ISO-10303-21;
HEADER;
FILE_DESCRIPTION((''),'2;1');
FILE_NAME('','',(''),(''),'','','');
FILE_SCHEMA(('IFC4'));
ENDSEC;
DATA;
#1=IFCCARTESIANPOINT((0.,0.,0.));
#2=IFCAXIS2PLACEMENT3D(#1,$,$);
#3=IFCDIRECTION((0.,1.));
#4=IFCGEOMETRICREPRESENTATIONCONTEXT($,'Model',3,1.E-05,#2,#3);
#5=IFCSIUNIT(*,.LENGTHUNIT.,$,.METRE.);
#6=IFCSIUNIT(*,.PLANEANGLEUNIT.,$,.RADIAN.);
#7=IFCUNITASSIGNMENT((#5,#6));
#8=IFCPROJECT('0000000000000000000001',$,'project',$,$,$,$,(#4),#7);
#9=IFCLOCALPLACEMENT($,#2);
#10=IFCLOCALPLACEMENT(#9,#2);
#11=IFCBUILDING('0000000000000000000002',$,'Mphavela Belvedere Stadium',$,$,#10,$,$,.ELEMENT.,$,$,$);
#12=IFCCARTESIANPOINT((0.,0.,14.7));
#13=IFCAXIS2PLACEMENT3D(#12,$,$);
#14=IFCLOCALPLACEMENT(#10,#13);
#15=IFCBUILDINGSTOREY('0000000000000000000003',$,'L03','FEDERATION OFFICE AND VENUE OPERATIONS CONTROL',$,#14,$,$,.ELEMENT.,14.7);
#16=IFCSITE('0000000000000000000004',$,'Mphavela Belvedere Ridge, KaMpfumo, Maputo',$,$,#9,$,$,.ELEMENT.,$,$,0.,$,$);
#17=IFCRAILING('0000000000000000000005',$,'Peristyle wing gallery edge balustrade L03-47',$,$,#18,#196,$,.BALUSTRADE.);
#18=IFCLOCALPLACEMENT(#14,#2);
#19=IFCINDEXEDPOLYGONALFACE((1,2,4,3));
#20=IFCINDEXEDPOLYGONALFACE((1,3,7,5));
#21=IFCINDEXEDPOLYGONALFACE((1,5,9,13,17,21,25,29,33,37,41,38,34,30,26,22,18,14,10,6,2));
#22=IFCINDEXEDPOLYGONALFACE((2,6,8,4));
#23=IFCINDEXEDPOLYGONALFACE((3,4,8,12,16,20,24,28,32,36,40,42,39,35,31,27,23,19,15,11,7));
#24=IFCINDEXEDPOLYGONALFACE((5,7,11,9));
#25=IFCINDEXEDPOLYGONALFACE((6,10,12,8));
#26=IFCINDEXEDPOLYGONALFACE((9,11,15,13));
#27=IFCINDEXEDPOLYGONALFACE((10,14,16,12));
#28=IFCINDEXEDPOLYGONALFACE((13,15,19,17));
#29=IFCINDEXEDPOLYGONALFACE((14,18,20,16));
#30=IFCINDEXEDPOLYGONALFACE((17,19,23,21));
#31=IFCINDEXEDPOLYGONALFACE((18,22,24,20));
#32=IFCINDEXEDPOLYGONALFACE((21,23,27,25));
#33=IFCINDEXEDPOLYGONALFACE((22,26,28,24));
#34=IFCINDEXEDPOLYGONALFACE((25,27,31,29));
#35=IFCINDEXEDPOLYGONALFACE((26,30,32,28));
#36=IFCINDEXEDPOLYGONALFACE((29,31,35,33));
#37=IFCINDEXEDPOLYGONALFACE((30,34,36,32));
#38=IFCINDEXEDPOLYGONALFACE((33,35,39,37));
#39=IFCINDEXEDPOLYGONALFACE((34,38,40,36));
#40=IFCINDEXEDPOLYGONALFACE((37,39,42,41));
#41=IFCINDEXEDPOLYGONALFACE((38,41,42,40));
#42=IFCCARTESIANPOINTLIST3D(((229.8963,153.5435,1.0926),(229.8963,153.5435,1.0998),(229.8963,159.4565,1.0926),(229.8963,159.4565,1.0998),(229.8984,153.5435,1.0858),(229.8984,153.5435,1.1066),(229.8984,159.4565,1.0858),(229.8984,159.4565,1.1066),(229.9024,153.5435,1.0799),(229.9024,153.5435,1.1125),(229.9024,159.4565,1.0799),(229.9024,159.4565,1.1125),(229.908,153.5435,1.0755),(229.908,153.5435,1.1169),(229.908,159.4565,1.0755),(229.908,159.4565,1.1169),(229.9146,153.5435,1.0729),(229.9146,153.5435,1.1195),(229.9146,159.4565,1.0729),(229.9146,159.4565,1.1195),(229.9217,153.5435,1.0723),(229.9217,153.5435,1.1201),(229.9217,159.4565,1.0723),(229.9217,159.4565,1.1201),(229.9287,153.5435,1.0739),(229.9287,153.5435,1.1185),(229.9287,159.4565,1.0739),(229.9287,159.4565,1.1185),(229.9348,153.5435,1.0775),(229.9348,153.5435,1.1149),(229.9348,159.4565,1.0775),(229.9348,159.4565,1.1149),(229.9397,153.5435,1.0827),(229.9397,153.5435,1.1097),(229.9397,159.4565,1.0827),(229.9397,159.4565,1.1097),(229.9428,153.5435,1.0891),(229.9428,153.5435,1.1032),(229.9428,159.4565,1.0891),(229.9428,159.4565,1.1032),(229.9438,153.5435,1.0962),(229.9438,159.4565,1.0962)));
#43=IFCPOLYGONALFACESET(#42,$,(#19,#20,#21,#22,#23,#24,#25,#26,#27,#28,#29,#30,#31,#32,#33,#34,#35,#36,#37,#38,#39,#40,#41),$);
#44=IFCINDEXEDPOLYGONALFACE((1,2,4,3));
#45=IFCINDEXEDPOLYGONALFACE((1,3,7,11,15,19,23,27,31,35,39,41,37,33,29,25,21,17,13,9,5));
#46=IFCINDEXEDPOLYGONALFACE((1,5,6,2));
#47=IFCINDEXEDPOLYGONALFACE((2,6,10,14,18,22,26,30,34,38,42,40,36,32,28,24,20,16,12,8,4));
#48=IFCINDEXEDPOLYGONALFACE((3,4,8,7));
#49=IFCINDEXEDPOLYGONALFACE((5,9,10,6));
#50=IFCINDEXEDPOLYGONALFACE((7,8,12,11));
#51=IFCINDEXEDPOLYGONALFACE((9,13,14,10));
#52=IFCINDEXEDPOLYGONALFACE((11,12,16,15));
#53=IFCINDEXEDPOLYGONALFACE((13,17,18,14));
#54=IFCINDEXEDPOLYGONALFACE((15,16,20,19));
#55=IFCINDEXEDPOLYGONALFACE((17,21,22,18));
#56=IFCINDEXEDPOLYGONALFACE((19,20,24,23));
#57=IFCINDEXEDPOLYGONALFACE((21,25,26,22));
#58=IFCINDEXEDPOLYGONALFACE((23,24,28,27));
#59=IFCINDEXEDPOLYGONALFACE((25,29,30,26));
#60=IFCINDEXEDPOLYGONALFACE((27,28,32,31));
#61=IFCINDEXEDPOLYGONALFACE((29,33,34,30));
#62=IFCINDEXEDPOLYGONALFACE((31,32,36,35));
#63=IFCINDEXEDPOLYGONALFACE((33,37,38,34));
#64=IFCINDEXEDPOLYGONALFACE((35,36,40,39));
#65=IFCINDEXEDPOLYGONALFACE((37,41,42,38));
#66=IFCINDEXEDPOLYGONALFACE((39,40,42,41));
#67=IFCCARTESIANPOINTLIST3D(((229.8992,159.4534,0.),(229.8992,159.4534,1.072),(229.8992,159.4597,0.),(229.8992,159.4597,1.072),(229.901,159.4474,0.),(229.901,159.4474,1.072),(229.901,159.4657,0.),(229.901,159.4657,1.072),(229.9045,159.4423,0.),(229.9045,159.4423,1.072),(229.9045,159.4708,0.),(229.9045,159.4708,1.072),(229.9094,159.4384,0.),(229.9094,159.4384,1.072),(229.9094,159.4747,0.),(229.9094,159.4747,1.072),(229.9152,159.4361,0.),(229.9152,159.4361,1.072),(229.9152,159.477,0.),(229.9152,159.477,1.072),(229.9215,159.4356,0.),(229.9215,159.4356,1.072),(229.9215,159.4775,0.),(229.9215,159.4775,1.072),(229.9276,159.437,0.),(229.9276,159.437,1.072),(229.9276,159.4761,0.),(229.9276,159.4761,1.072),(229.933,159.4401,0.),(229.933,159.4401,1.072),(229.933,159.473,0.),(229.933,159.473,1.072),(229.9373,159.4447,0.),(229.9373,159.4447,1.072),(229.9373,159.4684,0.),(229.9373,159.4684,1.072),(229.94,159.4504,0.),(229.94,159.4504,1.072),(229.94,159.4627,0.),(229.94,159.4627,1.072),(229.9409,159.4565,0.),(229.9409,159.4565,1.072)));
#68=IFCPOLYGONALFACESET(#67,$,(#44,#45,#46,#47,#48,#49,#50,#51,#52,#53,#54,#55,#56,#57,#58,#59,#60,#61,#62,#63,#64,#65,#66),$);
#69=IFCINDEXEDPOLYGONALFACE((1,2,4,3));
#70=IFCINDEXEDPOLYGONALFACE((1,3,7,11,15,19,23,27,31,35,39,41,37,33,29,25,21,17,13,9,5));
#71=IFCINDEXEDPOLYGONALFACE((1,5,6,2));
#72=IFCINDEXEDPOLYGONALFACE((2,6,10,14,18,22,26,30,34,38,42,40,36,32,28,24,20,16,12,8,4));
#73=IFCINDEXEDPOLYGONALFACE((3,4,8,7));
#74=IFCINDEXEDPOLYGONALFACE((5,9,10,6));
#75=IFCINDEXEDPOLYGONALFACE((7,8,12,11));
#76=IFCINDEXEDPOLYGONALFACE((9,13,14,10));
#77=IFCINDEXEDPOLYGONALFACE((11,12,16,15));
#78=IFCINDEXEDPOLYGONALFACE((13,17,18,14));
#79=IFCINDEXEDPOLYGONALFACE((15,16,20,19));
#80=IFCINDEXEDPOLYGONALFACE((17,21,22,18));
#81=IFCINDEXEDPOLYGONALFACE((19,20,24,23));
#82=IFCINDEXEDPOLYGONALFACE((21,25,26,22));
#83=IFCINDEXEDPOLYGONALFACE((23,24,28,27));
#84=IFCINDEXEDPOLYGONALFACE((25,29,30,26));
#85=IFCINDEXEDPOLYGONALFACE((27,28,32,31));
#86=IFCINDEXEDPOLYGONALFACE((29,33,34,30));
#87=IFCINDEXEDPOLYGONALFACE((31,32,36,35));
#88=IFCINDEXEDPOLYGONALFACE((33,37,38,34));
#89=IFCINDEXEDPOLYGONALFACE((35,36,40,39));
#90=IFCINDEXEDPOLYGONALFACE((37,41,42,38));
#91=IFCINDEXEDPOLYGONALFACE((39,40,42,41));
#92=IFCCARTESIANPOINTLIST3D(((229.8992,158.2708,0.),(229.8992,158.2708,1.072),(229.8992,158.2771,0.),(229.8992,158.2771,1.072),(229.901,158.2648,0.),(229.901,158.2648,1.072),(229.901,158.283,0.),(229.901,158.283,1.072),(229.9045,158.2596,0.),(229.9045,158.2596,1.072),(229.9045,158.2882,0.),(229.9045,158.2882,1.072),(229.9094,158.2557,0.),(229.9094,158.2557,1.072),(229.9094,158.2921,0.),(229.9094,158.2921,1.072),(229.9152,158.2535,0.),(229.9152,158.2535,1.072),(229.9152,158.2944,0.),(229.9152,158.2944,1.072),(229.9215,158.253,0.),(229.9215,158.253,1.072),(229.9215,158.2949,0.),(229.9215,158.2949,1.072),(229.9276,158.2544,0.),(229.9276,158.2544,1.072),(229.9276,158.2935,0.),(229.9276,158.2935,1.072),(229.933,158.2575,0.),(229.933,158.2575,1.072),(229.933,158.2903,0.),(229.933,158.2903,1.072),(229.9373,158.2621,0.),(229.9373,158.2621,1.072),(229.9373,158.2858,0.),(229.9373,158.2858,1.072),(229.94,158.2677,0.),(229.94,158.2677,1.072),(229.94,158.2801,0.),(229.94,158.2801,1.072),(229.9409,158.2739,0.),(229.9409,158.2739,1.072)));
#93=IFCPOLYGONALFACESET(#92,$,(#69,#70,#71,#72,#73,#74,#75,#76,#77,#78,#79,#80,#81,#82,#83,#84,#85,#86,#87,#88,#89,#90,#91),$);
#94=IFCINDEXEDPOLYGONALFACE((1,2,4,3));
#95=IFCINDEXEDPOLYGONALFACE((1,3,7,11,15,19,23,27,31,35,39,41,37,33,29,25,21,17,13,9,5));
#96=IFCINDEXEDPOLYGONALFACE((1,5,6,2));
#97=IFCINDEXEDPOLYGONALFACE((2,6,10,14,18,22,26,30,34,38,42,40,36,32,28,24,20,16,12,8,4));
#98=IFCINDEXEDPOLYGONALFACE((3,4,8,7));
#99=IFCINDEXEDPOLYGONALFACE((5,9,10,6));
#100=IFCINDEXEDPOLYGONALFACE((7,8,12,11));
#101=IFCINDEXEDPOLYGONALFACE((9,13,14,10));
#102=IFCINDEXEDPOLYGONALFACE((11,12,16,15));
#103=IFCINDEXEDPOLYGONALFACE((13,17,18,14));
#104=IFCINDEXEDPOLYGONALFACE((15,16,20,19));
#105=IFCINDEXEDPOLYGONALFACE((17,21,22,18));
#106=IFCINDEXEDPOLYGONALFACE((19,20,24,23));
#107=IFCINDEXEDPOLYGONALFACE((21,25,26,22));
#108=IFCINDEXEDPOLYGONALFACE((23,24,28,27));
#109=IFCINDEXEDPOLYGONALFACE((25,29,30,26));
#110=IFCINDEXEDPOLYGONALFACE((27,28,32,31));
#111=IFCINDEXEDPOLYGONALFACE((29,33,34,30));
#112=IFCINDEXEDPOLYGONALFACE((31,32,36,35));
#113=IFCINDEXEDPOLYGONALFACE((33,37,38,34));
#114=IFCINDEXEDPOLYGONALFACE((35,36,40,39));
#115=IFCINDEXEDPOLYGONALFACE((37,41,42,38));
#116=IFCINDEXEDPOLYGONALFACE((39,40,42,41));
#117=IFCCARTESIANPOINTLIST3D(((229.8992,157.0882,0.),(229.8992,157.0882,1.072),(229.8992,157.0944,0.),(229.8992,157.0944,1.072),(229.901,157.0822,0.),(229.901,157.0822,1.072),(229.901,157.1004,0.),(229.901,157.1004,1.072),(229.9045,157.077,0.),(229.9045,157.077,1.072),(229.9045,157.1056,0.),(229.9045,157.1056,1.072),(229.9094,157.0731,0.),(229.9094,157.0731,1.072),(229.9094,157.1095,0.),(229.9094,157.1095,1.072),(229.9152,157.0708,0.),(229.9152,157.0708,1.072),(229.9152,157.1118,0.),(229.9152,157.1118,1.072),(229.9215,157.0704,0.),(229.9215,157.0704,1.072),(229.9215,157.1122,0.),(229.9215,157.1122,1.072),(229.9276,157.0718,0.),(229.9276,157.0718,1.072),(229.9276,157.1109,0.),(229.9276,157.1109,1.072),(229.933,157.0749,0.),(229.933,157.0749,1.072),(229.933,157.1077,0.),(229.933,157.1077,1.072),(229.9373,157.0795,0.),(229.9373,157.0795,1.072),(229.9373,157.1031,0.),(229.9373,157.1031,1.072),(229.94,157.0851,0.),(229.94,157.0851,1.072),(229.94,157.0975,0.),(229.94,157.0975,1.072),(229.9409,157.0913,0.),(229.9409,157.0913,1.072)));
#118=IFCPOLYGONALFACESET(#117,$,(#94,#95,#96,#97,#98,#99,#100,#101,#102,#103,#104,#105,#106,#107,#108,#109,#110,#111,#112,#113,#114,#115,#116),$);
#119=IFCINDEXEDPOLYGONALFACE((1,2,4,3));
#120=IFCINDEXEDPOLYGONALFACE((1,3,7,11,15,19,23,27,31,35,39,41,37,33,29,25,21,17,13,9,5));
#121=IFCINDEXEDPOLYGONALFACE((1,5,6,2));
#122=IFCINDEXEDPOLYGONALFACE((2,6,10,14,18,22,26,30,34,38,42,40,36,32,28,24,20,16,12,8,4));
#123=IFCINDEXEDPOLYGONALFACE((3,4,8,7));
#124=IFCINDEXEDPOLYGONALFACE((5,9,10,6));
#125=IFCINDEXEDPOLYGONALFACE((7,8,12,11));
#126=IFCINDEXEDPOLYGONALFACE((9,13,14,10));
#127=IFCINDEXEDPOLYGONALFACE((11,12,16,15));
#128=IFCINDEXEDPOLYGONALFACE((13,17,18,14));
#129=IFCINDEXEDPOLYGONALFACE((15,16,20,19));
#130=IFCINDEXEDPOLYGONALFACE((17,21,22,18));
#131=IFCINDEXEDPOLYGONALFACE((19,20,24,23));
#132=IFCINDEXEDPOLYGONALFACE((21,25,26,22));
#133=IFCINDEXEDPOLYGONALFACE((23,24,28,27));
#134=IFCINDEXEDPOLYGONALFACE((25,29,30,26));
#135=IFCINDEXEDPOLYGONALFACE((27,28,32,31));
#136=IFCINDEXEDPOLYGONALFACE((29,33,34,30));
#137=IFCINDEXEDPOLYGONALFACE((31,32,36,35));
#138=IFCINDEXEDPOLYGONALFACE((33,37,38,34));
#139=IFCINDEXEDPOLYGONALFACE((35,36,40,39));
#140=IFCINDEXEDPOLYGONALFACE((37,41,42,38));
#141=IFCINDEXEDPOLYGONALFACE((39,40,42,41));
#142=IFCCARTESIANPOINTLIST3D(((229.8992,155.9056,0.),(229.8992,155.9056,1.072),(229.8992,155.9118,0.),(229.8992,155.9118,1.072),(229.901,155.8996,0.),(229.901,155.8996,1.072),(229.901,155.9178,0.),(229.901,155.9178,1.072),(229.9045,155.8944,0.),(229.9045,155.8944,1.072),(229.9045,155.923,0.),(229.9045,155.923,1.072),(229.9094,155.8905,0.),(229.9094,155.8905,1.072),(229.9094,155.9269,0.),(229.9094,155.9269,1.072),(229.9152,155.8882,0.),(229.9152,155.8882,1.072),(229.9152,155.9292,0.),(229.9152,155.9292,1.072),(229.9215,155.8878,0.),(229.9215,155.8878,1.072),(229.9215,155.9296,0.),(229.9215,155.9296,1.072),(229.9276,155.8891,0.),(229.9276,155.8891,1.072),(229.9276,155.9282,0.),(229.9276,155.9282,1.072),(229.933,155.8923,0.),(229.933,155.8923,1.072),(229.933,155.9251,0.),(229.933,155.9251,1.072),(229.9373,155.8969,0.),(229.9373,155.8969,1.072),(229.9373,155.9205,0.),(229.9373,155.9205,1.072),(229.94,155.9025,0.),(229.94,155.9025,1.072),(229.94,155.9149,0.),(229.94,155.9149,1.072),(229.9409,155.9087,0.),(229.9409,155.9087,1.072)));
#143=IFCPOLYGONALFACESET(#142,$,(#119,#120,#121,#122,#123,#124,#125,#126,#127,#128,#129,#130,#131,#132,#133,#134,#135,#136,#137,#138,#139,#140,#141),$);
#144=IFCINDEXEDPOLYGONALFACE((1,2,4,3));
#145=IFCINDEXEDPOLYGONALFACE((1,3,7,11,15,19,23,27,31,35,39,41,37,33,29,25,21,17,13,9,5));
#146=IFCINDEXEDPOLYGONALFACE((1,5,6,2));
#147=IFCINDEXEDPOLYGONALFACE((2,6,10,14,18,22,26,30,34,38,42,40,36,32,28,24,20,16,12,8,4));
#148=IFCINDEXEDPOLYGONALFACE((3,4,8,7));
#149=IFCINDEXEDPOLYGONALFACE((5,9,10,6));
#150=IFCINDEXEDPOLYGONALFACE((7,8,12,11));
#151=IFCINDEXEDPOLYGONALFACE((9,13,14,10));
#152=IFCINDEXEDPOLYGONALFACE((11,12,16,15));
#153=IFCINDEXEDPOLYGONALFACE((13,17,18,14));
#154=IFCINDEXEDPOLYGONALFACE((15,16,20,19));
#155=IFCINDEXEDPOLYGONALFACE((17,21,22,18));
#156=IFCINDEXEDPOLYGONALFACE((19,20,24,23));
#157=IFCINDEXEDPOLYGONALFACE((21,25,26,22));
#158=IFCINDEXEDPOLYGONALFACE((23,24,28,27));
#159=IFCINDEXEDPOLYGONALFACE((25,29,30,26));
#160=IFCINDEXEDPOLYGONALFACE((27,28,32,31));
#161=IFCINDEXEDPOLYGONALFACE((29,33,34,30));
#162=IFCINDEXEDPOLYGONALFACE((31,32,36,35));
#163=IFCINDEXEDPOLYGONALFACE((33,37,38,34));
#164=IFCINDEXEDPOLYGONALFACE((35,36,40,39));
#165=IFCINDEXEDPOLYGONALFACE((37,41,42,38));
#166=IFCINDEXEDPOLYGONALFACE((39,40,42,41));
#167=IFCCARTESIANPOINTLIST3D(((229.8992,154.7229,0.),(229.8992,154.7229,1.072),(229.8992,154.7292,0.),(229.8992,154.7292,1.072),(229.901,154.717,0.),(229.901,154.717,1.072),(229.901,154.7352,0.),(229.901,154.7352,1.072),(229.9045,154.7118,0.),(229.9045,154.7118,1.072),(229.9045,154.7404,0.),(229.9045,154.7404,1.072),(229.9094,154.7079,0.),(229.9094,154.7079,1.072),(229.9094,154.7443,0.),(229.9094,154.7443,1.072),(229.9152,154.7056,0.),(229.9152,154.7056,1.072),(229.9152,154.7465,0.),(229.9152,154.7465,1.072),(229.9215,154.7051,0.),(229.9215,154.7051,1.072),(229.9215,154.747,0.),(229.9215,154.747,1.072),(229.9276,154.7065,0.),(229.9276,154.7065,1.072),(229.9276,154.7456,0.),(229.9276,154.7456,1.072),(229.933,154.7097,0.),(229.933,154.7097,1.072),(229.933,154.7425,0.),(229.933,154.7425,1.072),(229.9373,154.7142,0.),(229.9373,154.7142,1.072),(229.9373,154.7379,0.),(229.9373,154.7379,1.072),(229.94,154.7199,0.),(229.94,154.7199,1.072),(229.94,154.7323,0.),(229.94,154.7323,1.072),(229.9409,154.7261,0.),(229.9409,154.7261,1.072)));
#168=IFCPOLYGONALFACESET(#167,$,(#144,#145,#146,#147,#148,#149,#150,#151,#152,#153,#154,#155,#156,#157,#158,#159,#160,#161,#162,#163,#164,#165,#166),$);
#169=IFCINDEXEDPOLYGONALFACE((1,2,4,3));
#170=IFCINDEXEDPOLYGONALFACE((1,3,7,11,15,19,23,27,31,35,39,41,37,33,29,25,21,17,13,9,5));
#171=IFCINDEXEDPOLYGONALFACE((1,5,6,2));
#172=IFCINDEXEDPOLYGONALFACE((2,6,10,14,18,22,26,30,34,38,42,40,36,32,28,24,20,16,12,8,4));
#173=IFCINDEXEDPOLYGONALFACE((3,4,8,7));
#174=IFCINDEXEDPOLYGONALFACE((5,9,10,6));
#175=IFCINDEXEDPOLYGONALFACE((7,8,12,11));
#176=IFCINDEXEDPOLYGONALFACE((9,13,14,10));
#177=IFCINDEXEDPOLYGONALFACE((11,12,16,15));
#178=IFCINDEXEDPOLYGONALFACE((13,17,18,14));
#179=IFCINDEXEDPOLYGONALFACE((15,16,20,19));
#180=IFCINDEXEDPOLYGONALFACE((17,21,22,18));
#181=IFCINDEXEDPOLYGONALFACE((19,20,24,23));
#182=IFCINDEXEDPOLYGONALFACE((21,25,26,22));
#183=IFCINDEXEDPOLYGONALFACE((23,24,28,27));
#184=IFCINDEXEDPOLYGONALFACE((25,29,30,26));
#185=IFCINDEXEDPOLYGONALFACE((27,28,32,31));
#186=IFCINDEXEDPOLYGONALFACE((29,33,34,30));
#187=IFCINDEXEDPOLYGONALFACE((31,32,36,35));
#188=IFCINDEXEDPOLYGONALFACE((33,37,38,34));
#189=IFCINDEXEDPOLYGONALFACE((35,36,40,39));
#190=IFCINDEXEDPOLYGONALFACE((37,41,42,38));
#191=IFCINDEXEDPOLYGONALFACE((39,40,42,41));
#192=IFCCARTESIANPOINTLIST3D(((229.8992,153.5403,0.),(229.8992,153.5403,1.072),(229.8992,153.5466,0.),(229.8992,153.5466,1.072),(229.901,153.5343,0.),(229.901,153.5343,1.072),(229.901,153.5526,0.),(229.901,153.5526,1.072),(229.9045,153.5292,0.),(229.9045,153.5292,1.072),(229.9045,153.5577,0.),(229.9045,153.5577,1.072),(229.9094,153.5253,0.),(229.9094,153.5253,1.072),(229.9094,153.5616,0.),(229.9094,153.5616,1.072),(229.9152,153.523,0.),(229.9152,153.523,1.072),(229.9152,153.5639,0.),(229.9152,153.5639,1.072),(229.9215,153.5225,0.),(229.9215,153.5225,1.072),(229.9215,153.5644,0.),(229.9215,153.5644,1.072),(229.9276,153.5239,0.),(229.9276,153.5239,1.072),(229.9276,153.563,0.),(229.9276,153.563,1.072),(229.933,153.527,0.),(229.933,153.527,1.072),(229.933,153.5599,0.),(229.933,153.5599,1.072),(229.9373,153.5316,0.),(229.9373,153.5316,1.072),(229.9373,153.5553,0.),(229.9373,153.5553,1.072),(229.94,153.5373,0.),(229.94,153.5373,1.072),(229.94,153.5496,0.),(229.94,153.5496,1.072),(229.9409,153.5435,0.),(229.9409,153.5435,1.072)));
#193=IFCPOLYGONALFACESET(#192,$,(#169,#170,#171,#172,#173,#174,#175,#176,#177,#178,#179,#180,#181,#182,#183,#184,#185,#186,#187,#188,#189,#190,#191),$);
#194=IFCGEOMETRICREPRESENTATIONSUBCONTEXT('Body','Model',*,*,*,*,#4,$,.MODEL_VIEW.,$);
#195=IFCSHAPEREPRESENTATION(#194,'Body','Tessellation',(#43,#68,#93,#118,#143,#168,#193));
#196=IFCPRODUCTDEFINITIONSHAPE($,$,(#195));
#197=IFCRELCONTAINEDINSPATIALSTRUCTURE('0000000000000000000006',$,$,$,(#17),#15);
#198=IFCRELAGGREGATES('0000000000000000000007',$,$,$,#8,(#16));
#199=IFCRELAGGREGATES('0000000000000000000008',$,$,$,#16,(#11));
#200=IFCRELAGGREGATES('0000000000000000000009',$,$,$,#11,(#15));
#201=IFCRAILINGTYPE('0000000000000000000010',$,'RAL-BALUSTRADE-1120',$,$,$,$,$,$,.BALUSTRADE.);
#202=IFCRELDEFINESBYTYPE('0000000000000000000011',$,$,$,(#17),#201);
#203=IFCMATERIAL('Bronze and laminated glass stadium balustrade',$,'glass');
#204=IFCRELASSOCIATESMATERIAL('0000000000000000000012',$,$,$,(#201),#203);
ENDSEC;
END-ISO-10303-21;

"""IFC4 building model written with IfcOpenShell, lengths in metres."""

from ifc_helpers import new_model, si_unit, direction, frame, origin, origin_2d, place, context, subcontext, project, spatial, circle, extrude, material, type_object, element, save


model = new_model("IFC4")

# Units and contexts
model_context = context("Model", 3, precision=1e-05, world=origin(), true_north=direction((0.0, 1.0)))
body_context = subcontext(model_context, "Body", "Model", "MODEL_VIEW")
ifc_project = project(units=[si_unit("LENGTHUNIT", "METRE"), si_unit("PLANEANGLEUNIT", "RADIAN")], contexts=[model_context])

# Site, building, storey
site_placement = place(None, origin())
site = spatial("IfcSite", under=ifc_project, at=site_placement, Name="Mphavela Belvedere Ridge, KaMpfumo, Maputo", CompositionType="ELEMENT", RefElevation=0.0)
building_placement = place(site_placement, origin())
building = spatial("IfcBuilding", under=site, at=building_placement, Name="Mphavela Belvedere Stadium", CompositionType="ELEMENT")
storey_placement = place(building_placement, frame((0.0, 0.0, 14.7)))
storey = spatial("IfcBuildingStorey", under=building, at=storey_placement, Name="L03", Description="FEDERATION OFFICE AND VENUE OPERATIONS CONTROL", CompositionType="ELEMENT", Elevation=14.7)

# Railing
ifc_material_1 = material(Name="Bronze and laminated glass stadium balustrade", Category="glass")
railing_type = type_object("IfcRailingType", Name="RAL-BALUSTRADE-1120", PredefinedType="BALUSTRADE", material=ifc_material_1)
for number, where, name in (
    (1, (229.9199, 159.4565, 0.0), "Peristyle wing gallery edge balustrade L03-47"),
):
    element("IfcRailing", number, at=place(storey_placement, frame(where)), inside=storey, type_object=railing_type, Name=name, PredefinedType="BALUSTRADE", context=body_context, shape_type="SweptSolid", body=[
        extrude(circle(Radius=0.0239, at=origin_2d()), frame((0.0, 0.0, 1.0962), z_axis=(0.0, -1.0, 0.0), x_axis=(1.0, 0.0, 0.0)), (0.0, 0.0, 1.0), 5.9131),
        extrude(circle(Radius=0.021, at=origin_2d()), origin(), (0.0, 0.0, 1.0), 1.072),
        extrude(circle(Radius=0.021, at=origin_2d()), frame((0.0, -1.1826, 0.0)), (0.0, 0.0, 1.0), 1.072),
        extrude(circle(Radius=0.021, at=origin_2d()), frame((0.0, -2.3652, 0.0)), (0.0, 0.0, 1.0), 1.072),
        extrude(circle(Radius=0.021, at=origin_2d()), frame((0.0, -3.5479, 0.0)), (0.0, 0.0, 1.0), 1.072),
        extrude(circle(Radius=0.021, at=origin_2d()), frame((0.0, -4.7305, 0.0)), (0.0, 0.0, 1.0), 1.072),
        extrude(circle(Radius=0.021, at=origin_2d()), frame((0.0, -5.9131, 0.0)), (0.0, 0.0, 1.0), 1.072),
    ])

save(model, "model.ifc")
